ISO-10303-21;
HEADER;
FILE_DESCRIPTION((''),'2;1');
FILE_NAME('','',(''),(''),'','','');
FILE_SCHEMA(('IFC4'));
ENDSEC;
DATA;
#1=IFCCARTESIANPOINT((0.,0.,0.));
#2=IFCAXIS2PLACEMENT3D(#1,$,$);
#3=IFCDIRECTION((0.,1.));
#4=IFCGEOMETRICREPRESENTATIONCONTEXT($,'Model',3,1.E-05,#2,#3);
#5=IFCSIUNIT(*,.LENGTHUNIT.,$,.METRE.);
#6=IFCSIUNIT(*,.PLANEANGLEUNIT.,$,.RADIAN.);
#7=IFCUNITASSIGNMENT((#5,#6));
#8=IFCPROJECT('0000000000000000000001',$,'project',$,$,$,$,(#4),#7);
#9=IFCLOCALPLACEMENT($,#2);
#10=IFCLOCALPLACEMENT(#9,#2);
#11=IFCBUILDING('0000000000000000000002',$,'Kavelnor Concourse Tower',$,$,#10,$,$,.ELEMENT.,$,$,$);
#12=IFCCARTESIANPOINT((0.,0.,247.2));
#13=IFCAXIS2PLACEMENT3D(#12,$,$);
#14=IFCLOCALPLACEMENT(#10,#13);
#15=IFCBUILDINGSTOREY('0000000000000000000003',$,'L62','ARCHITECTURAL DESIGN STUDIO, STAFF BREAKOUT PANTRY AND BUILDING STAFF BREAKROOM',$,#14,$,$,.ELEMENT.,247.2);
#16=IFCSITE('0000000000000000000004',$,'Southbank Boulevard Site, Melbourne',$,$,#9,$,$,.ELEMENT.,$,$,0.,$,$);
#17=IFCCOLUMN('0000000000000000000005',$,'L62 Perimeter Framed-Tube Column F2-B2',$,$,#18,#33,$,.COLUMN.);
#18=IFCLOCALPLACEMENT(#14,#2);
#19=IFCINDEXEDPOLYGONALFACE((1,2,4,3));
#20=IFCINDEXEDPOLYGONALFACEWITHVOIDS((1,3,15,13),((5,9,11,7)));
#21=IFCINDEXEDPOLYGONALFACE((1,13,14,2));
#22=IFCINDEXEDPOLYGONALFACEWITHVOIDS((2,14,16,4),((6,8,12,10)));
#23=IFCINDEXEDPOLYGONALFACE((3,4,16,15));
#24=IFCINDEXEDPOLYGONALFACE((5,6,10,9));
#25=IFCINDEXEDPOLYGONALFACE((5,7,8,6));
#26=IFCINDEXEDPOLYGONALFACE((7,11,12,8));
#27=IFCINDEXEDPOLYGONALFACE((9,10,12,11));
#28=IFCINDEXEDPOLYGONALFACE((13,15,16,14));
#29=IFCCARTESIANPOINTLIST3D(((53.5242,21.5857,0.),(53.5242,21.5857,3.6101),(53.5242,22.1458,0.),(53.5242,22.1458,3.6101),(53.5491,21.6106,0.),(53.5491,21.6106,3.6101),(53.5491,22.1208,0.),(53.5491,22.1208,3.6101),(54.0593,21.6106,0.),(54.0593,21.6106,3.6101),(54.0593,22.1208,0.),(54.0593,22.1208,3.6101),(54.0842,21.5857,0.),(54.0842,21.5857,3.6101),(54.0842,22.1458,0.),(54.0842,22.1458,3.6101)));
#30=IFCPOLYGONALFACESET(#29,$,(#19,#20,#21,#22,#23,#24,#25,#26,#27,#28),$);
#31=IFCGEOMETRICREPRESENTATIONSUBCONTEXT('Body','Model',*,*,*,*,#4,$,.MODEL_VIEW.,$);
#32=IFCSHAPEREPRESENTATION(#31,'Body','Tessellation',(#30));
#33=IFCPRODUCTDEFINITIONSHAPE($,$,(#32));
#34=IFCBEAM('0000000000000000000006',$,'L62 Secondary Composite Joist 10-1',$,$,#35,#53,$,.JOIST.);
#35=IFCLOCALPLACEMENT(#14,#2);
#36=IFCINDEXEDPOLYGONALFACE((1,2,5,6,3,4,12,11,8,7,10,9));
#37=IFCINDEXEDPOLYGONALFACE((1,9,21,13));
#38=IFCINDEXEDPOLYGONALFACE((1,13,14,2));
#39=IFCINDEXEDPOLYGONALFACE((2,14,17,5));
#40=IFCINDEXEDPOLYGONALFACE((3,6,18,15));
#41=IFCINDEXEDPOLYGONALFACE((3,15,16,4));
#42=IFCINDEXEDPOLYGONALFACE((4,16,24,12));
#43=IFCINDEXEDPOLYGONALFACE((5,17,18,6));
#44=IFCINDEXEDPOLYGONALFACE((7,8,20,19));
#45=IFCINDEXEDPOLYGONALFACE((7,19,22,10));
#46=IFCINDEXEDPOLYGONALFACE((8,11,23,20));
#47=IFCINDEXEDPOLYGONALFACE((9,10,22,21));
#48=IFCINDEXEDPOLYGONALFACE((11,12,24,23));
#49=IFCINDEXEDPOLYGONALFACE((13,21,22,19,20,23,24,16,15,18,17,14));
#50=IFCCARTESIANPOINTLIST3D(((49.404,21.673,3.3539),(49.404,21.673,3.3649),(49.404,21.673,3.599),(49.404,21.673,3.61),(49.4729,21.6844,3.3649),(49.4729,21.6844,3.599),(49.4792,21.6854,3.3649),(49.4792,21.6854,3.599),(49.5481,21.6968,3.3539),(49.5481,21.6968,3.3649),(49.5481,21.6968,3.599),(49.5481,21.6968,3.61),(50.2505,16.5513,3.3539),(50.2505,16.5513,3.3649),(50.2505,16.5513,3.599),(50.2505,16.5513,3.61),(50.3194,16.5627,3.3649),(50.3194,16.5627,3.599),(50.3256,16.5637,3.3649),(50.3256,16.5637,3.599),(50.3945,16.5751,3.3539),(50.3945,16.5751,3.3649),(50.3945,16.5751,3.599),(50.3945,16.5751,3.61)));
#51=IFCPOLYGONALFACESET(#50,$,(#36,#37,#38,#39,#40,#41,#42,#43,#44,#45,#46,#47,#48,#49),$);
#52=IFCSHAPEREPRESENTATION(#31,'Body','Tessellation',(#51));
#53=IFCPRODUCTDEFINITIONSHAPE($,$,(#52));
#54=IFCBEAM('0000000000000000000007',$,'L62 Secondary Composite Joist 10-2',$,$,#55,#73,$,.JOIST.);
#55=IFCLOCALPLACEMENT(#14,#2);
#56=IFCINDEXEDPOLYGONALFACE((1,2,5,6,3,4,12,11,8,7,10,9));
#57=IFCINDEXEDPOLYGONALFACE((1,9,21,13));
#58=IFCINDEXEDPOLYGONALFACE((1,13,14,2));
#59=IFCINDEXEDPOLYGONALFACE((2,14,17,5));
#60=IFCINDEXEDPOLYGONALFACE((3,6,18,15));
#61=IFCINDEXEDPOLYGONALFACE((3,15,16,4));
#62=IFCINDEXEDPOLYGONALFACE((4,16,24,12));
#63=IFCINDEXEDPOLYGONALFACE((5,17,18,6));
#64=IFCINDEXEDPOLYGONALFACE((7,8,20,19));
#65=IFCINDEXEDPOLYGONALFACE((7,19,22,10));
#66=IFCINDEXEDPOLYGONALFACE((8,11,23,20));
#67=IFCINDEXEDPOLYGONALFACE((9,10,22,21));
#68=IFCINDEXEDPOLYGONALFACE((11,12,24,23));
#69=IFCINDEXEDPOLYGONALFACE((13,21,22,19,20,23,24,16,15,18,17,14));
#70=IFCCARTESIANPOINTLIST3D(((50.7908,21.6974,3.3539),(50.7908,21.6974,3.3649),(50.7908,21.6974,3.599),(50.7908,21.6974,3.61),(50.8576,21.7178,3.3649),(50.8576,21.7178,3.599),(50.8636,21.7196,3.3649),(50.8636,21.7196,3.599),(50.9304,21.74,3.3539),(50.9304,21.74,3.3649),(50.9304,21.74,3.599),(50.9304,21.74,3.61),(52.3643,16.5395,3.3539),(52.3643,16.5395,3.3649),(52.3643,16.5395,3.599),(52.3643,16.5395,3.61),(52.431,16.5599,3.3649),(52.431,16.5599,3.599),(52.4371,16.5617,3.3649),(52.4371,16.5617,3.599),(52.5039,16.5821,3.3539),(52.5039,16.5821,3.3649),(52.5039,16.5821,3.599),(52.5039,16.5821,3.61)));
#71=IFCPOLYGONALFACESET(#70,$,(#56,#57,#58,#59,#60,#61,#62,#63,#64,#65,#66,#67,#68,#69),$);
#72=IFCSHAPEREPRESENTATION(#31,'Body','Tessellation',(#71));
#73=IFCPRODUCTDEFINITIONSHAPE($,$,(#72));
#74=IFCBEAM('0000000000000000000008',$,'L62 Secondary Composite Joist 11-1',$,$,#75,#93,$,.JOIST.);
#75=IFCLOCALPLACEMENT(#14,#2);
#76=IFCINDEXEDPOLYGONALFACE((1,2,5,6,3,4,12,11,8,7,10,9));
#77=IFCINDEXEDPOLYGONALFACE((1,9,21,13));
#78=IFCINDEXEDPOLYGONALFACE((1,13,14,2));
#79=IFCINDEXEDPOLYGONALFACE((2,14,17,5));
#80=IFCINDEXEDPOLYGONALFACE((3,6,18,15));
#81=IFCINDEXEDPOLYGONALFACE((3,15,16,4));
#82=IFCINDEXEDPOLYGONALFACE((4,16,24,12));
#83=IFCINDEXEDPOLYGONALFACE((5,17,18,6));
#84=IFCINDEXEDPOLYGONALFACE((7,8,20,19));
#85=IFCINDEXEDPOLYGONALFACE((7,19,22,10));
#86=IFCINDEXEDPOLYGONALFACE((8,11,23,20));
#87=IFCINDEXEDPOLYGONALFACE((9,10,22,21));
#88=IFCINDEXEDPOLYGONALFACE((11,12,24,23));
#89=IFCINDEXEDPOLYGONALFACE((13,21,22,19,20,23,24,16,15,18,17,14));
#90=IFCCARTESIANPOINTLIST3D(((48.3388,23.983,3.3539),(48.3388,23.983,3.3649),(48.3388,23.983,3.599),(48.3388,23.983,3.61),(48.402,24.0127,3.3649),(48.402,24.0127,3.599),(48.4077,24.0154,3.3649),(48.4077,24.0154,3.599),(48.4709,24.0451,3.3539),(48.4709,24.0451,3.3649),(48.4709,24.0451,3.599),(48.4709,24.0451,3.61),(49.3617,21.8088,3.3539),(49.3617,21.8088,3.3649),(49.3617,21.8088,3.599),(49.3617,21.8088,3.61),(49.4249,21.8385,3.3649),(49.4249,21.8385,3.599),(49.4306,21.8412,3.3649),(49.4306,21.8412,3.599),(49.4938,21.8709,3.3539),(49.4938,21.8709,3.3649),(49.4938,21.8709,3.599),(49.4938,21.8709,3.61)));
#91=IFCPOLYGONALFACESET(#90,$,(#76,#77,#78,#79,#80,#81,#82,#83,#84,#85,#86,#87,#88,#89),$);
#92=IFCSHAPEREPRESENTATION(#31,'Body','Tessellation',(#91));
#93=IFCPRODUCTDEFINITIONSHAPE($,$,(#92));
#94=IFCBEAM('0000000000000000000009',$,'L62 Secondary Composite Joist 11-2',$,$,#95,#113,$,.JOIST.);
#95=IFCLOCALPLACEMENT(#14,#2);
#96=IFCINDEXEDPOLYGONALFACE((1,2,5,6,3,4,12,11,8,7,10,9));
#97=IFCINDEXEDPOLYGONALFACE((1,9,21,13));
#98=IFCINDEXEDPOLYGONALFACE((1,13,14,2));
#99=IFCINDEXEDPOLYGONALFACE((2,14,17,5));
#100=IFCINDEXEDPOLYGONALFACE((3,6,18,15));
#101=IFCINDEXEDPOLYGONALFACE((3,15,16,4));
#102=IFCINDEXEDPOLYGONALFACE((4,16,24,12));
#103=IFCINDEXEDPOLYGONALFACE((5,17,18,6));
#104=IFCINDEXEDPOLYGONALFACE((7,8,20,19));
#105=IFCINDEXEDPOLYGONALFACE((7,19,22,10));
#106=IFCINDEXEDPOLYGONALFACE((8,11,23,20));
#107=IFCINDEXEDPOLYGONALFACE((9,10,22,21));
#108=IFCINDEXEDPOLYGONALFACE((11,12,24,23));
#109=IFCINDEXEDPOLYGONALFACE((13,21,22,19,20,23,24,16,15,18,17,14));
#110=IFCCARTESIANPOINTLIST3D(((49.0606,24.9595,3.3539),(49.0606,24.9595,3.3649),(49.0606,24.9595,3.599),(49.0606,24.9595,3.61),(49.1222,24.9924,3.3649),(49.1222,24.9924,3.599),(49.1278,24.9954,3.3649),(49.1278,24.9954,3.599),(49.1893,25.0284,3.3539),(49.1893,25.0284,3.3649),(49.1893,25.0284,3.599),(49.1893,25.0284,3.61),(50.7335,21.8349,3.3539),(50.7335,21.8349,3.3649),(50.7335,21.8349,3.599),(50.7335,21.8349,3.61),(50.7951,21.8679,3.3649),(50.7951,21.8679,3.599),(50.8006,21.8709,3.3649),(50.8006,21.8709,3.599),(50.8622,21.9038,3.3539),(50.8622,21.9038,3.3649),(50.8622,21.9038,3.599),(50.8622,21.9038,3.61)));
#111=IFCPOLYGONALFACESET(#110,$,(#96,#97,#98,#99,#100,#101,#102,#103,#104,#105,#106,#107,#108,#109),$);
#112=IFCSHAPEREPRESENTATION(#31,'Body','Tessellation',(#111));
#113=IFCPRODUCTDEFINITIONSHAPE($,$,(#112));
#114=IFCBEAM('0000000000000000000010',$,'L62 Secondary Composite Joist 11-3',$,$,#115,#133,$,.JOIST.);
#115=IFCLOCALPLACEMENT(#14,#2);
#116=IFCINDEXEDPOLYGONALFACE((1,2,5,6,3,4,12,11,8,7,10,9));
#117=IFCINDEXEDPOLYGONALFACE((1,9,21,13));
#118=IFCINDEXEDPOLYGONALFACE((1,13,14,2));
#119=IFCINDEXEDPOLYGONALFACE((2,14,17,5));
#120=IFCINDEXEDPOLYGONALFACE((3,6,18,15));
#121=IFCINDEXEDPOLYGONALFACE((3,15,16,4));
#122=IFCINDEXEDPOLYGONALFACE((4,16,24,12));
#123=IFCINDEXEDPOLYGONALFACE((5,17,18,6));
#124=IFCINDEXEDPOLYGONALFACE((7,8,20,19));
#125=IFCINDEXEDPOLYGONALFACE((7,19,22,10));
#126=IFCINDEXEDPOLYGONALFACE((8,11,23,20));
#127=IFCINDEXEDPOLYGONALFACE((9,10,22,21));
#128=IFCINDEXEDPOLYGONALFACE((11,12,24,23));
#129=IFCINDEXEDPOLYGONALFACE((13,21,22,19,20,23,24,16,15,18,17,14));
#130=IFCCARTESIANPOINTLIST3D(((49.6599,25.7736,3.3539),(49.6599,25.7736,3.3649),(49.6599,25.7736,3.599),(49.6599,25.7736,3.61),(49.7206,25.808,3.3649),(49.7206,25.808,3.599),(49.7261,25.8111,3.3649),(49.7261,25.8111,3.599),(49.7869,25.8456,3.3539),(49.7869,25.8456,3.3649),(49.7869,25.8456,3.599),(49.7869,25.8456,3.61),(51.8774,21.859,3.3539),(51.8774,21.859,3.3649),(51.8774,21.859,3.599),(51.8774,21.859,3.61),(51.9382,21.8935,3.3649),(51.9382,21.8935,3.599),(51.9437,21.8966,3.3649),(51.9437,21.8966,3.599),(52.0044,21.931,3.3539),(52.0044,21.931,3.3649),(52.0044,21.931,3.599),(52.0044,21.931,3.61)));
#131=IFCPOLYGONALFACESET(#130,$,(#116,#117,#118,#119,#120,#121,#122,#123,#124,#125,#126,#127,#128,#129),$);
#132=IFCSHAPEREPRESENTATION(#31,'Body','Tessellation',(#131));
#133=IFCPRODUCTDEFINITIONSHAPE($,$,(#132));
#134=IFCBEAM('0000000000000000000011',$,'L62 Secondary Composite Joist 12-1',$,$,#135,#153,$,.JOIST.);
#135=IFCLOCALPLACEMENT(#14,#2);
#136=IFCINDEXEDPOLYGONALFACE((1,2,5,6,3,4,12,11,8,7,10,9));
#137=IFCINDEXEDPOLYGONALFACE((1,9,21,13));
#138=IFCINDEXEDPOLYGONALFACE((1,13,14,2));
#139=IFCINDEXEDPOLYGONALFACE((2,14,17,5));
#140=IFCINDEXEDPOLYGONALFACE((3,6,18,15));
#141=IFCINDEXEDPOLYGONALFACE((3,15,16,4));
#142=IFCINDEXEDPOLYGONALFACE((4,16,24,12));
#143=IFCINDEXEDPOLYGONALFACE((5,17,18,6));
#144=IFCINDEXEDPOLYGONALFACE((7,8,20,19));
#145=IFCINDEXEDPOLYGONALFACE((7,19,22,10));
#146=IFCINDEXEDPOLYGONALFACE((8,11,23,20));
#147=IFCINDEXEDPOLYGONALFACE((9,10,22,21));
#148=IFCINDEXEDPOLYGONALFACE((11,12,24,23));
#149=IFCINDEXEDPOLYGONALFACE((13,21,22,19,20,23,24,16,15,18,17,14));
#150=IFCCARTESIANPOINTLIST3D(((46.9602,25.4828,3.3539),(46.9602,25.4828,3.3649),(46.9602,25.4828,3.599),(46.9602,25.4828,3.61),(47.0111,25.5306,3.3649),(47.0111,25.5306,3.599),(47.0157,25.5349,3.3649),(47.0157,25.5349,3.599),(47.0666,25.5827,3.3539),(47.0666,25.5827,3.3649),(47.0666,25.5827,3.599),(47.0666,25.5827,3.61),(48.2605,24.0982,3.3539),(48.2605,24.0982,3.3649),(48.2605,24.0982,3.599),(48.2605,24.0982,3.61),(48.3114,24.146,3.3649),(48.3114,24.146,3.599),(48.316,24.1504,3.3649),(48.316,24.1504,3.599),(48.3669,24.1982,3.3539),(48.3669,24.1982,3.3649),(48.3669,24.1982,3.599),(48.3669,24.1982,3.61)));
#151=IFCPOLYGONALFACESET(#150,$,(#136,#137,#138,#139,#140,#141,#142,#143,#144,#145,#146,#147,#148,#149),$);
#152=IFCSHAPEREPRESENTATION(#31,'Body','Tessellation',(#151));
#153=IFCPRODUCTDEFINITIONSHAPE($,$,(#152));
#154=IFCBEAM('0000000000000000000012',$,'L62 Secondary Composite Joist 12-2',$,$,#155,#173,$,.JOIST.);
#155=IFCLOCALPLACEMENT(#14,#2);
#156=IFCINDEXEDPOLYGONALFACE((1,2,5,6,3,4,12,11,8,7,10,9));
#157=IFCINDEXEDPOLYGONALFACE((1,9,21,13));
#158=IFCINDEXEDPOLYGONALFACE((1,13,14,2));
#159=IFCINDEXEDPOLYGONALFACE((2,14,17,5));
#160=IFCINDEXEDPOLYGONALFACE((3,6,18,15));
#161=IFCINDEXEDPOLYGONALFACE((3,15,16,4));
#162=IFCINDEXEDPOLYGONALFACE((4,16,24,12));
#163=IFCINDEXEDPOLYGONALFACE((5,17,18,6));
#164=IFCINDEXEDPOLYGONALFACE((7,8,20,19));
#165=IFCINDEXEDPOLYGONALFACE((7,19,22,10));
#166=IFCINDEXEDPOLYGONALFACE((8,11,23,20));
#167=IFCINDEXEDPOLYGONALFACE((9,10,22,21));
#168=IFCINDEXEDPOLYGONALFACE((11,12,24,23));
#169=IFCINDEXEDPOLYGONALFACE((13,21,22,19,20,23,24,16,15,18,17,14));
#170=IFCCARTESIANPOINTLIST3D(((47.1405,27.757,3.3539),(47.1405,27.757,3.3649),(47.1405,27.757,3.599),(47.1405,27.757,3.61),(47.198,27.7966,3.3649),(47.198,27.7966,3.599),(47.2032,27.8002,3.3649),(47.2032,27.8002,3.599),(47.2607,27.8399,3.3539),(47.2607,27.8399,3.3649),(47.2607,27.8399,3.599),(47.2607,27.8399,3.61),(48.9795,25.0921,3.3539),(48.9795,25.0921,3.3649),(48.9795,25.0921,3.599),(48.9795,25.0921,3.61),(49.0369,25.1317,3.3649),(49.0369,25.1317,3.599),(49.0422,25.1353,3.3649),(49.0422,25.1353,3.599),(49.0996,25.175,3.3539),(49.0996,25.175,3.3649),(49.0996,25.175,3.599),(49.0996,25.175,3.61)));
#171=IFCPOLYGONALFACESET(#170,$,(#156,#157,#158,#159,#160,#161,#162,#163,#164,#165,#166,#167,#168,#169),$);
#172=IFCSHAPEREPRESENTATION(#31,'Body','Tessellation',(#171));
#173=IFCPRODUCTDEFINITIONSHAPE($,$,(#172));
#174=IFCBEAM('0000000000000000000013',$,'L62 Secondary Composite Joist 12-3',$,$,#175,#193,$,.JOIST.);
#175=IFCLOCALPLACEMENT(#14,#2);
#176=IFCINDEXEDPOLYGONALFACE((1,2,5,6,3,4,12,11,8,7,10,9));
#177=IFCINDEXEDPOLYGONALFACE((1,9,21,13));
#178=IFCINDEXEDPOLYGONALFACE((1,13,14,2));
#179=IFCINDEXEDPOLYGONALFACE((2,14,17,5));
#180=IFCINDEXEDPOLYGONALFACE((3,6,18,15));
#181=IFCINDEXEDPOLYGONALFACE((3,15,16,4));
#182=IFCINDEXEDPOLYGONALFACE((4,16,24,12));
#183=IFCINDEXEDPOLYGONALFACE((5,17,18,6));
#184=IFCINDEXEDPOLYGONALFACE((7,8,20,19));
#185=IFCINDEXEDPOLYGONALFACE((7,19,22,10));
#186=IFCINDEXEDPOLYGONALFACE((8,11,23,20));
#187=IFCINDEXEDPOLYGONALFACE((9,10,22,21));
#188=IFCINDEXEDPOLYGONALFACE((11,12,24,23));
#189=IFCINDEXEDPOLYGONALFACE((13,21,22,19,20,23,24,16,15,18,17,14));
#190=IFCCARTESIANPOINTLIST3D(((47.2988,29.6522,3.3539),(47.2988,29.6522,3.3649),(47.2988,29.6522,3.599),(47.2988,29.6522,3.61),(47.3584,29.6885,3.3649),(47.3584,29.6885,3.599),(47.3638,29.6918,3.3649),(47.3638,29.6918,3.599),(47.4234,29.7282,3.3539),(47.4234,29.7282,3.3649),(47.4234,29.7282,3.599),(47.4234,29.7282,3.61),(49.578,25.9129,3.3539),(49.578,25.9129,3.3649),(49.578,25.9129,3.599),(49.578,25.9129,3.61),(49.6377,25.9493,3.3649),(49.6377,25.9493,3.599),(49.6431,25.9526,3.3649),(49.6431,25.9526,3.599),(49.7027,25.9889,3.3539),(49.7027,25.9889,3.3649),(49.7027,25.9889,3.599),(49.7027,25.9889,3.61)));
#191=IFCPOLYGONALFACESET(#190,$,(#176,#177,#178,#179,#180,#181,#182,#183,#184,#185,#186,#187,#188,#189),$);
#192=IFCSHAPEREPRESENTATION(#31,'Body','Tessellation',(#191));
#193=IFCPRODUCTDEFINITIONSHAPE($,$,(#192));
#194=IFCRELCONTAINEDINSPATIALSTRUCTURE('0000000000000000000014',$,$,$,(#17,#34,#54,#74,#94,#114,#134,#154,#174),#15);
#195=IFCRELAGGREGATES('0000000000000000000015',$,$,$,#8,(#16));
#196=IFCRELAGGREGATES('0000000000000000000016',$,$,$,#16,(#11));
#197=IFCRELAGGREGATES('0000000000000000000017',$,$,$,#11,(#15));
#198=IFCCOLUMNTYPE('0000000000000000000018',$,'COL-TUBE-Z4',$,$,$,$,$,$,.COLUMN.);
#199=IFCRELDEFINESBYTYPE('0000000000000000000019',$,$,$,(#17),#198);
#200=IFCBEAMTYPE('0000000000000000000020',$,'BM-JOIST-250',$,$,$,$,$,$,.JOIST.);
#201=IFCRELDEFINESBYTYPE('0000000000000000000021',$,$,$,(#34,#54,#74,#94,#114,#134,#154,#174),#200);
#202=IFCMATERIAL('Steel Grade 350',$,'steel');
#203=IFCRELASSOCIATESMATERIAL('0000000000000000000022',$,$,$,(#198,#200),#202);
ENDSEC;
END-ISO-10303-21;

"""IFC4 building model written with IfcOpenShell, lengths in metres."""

from ifc_helpers import new_model, si_unit, direction, frame, origin, origin_2d, place, context, subcontext, project, spatial, hollow_rectangle, i_section, extrude, material, material_profile, profile_set, type_object, element, save


model = new_model("IFC4")

# Units and contexts
model_context = context("Model", 3, precision=1e-05, world=origin(), true_north=direction((0.0, 1.0)))
body_context = subcontext(model_context, "Body", "Model", "MODEL_VIEW")
ifc_project = project(units=[si_unit("LENGTHUNIT", "METRE"), si_unit("PLANEANGLEUNIT", "RADIAN")], contexts=[model_context])

# Site, building, storey
site_placement = place(None, origin())
site = spatial("IfcSite", under=ifc_project, at=site_placement, Name="Southbank Boulevard Site, Melbourne", CompositionType="ELEMENT", RefElevation=0.0)
building_placement = place(site_placement, origin())
building = spatial("IfcBuilding", under=site, at=building_placement, Name="Kavelnor Concourse Tower", CompositionType="ELEMENT")
storey_placement = place(building_placement, frame((0.0, 0.0, 247.2)))
storey = spatial("IfcBuildingStorey", under=building, at=storey_placement, Name="L62", Description="ARCHITECTURAL DESIGN STUDIO, STAFF BREAKOUT PANTRY AND BUILDING STAFF BREAKROOM", CompositionType="ELEMENT", Elevation=247.2)

# Column
ifc_material_1 = material(Name="Steel Grade 350", Category="steel")
ifc_material_profile_1 = material_profile(ifc_material_1, hollow_rectangle(XDim=0.5601, YDim=0.5601, WallThickness=0.0249, at=origin_2d()), Name="SHS 560x560x25")
ifc_profile_set_1 = profile_set([ifc_material_profile_1], Name="Steel Grade 350")
column_type = type_object("IfcColumnType", Name="COL-TUBE-Z4", PredefinedType="COLUMN", material=ifc_profile_set_1)
column_placement = place(storey_placement, frame((53.8042, 21.8657, 0.0), z_axis=(0.0, 0.0, 1.0), x_axis=(1.0, 0.0, 0.0)))
element("IfcColumn", 1, at=column_placement, inside=storey, type_object=column_type, Name="L62 Perimeter Framed-Tube Column F2-B2", PredefinedType="COLUMN", context=body_context, shape_type="SweptSolid", body=[
    extrude(hollow_rectangle(XDim=0.5601, YDim=0.5601, WallThickness=0.0249, at=origin_2d()), origin(), (0.0, 0.0, 1.0), 3.6101),
])

# Beams
ifc_material_profile_2 = material_profile(ifc_material_1, i_section(OverallWidth=0.146, OverallDepth=0.2561, WebThickness=0.0063, FlangeThickness=0.011, at=origin_2d()), Name="250UB37")
ifc_profile_set_2 = profile_set([ifc_material_profile_2], Name="Steel Grade 350")
beam_type_1 = type_object("IfcBeamType", Name="BM-JOIST-250", PredefinedType="JOIST", material=ifc_profile_set_2)
beam_1_placement = place(storey_placement, frame((50.3225, 16.5632, 3.4819), z_axis=(-0.163057, 0.986617, 0.0), x_axis=(-0.986617, -0.163057, 0.0)))
element("IfcBeam", 2, at=beam_1_placement, inside=storey, type_object=beam_type_1, Name="L62 Secondary Composite Joist 10-1", PredefinedType="JOIST", context=body_context, shape_type="SweptSolid", body=[
    extrude(i_section(OverallWidth=0.146, OverallDepth=0.2561, WebThickness=0.0063, FlangeThickness=0.011, at=origin_2d()), origin(), (0.0, 0.0, 1.0), 5.1912),
])
beam_2_placement = place(storey_placement, frame((52.4341, 16.5608, 3.4819), z_axis=(-0.291785, 0.956484, 0.0), x_axis=(-0.956484, -0.291785, 0.0)))
element("IfcBeam", 3, at=beam_2_placement, inside=storey, type_object=beam_type_1, Name="L62 Secondary Composite Joist 10-2", PredefinedType="JOIST", context=body_context, shape_type="SweptSolid", body=[
    extrude(i_section(OverallWidth=0.146, OverallDepth=0.2561, WebThickness=0.0063, FlangeThickness=0.011, at=origin_2d()), origin(), (0.0, 0.0, 1.0), 5.3926),
])
beam_3_placement = place(storey_placement, frame((49.4277, 21.8398, 3.4819), z_axis=(-0.425709, 0.90486, 0.0), x_axis=(-0.90486, -0.425709, 0.0)))
element("IfcBeam", 4, at=beam_3_placement, inside=storey, type_object=beam_type_1, Name="L62 Secondary Composite Joist 11-1", PredefinedType="JOIST", context=body_context, shape_type="SweptSolid", body=[
    extrude(i_section(OverallWidth=0.146, OverallDepth=0.2561, WebThickness=0.0063, FlangeThickness=0.011, at=origin_2d()), origin(), (0.0, 0.0, 1.0), 2.4028),
])
beam_4_placement = place(storey_placement, frame((50.7979, 21.8694, 3.4819), z_axis=(-0.472003, 0.881597, 0.0), x_axis=(-0.881597, -0.472003, 0.0)))
element("IfcBeam", 5, at=beam_4_placement, inside=storey, type_object=beam_type_1, Name="L62 Secondary Composite Joist 11-2", PredefinedType="JOIST", context=body_context, shape_type="SweptSolid", body=[
    extrude(i_section(OverallWidth=0.146, OverallDepth=0.2561, WebThickness=0.0063, FlangeThickness=0.011, at=origin_2d()), origin(), (0.0, 0.0, 1.0), 3.5442),
])
beam_5_placement = place(storey_placement, frame((51.9409, 21.895, 3.4819), z_axis=(-0.492892, 0.87009, 0.0), x_axis=(-0.87009, -0.492892, 0.0)))
element("IfcBeam", 6, at=beam_5_placement, inside=storey, type_object=beam_type_1, Name="L62 Secondary Composite Joist 11-3", PredefinedType="JOIST", context=body_context, shape_type="SweptSolid", body=[
    extrude(i_section(OverallWidth=0.146, OverallDepth=0.2561, WebThickness=0.0063, FlangeThickness=0.011, at=origin_2d()), origin(), (0.0, 0.0, 1.0), 4.499),
])
beam_6_placement = place(storey_placement, frame((48.3137, 24.1482, 3.4819), z_axis=(-0.684586, 0.728932, 0.0), x_axis=(-0.728932, -0.684586, 0.0)))
element("IfcBeam", 7, at=beam_6_placement, inside=storey, type_object=beam_type_1, Name="L62 Secondary Composite Joist 12-1", PredefinedType="JOIST", context=body_context, shape_type="SweptSolid", body=[
    extrude(i_section(OverallWidth=0.146, OverallDepth=0.2561, WebThickness=0.0063, FlangeThickness=0.011, at=origin_2d()), origin(), (0.0, 0.0, 1.0), 1.8994),
])
beam_7_placement = place(storey_placement, frame((49.0396, 25.1335, 3.4819), z_axis=(-0.567958, 0.823057, 0.0), x_axis=(-0.823057, -0.567958, 0.0)))
element("IfcBeam", 8, at=beam_7_placement, inside=storey, type_object=beam_type_1, Name="L62 Secondary Composite Joist 12-2", PredefinedType="JOIST", context=body_context, shape_type="SweptSolid", body=[
    extrude(i_section(OverallWidth=0.146, OverallDepth=0.2561, WebThickness=0.0063, FlangeThickness=0.011, at=origin_2d()), origin(), (0.0, 0.0, 1.0), 3.2378),
])
beam_8_placement = place(storey_placement, frame((49.6404, 25.9509, 3.4819), z_axis=(-0.520485, 0.853871, 0.0), x_axis=(-0.853871, -0.520485, 0.0)))
element("IfcBeam", 9, at=beam_8_placement, inside=storey, type_object=beam_type_1, Name="L62 Secondary Composite Joist 12-3", PredefinedType="JOIST", context=body_context, shape_type="SweptSolid", body=[
    extrude(i_section(OverallWidth=0.146, OverallDepth=0.2561, WebThickness=0.0063, FlangeThickness=0.011, at=origin_2d()), origin(), (0.0, 0.0, 1.0), 4.3792),
])

save(model, "model.ifc")
